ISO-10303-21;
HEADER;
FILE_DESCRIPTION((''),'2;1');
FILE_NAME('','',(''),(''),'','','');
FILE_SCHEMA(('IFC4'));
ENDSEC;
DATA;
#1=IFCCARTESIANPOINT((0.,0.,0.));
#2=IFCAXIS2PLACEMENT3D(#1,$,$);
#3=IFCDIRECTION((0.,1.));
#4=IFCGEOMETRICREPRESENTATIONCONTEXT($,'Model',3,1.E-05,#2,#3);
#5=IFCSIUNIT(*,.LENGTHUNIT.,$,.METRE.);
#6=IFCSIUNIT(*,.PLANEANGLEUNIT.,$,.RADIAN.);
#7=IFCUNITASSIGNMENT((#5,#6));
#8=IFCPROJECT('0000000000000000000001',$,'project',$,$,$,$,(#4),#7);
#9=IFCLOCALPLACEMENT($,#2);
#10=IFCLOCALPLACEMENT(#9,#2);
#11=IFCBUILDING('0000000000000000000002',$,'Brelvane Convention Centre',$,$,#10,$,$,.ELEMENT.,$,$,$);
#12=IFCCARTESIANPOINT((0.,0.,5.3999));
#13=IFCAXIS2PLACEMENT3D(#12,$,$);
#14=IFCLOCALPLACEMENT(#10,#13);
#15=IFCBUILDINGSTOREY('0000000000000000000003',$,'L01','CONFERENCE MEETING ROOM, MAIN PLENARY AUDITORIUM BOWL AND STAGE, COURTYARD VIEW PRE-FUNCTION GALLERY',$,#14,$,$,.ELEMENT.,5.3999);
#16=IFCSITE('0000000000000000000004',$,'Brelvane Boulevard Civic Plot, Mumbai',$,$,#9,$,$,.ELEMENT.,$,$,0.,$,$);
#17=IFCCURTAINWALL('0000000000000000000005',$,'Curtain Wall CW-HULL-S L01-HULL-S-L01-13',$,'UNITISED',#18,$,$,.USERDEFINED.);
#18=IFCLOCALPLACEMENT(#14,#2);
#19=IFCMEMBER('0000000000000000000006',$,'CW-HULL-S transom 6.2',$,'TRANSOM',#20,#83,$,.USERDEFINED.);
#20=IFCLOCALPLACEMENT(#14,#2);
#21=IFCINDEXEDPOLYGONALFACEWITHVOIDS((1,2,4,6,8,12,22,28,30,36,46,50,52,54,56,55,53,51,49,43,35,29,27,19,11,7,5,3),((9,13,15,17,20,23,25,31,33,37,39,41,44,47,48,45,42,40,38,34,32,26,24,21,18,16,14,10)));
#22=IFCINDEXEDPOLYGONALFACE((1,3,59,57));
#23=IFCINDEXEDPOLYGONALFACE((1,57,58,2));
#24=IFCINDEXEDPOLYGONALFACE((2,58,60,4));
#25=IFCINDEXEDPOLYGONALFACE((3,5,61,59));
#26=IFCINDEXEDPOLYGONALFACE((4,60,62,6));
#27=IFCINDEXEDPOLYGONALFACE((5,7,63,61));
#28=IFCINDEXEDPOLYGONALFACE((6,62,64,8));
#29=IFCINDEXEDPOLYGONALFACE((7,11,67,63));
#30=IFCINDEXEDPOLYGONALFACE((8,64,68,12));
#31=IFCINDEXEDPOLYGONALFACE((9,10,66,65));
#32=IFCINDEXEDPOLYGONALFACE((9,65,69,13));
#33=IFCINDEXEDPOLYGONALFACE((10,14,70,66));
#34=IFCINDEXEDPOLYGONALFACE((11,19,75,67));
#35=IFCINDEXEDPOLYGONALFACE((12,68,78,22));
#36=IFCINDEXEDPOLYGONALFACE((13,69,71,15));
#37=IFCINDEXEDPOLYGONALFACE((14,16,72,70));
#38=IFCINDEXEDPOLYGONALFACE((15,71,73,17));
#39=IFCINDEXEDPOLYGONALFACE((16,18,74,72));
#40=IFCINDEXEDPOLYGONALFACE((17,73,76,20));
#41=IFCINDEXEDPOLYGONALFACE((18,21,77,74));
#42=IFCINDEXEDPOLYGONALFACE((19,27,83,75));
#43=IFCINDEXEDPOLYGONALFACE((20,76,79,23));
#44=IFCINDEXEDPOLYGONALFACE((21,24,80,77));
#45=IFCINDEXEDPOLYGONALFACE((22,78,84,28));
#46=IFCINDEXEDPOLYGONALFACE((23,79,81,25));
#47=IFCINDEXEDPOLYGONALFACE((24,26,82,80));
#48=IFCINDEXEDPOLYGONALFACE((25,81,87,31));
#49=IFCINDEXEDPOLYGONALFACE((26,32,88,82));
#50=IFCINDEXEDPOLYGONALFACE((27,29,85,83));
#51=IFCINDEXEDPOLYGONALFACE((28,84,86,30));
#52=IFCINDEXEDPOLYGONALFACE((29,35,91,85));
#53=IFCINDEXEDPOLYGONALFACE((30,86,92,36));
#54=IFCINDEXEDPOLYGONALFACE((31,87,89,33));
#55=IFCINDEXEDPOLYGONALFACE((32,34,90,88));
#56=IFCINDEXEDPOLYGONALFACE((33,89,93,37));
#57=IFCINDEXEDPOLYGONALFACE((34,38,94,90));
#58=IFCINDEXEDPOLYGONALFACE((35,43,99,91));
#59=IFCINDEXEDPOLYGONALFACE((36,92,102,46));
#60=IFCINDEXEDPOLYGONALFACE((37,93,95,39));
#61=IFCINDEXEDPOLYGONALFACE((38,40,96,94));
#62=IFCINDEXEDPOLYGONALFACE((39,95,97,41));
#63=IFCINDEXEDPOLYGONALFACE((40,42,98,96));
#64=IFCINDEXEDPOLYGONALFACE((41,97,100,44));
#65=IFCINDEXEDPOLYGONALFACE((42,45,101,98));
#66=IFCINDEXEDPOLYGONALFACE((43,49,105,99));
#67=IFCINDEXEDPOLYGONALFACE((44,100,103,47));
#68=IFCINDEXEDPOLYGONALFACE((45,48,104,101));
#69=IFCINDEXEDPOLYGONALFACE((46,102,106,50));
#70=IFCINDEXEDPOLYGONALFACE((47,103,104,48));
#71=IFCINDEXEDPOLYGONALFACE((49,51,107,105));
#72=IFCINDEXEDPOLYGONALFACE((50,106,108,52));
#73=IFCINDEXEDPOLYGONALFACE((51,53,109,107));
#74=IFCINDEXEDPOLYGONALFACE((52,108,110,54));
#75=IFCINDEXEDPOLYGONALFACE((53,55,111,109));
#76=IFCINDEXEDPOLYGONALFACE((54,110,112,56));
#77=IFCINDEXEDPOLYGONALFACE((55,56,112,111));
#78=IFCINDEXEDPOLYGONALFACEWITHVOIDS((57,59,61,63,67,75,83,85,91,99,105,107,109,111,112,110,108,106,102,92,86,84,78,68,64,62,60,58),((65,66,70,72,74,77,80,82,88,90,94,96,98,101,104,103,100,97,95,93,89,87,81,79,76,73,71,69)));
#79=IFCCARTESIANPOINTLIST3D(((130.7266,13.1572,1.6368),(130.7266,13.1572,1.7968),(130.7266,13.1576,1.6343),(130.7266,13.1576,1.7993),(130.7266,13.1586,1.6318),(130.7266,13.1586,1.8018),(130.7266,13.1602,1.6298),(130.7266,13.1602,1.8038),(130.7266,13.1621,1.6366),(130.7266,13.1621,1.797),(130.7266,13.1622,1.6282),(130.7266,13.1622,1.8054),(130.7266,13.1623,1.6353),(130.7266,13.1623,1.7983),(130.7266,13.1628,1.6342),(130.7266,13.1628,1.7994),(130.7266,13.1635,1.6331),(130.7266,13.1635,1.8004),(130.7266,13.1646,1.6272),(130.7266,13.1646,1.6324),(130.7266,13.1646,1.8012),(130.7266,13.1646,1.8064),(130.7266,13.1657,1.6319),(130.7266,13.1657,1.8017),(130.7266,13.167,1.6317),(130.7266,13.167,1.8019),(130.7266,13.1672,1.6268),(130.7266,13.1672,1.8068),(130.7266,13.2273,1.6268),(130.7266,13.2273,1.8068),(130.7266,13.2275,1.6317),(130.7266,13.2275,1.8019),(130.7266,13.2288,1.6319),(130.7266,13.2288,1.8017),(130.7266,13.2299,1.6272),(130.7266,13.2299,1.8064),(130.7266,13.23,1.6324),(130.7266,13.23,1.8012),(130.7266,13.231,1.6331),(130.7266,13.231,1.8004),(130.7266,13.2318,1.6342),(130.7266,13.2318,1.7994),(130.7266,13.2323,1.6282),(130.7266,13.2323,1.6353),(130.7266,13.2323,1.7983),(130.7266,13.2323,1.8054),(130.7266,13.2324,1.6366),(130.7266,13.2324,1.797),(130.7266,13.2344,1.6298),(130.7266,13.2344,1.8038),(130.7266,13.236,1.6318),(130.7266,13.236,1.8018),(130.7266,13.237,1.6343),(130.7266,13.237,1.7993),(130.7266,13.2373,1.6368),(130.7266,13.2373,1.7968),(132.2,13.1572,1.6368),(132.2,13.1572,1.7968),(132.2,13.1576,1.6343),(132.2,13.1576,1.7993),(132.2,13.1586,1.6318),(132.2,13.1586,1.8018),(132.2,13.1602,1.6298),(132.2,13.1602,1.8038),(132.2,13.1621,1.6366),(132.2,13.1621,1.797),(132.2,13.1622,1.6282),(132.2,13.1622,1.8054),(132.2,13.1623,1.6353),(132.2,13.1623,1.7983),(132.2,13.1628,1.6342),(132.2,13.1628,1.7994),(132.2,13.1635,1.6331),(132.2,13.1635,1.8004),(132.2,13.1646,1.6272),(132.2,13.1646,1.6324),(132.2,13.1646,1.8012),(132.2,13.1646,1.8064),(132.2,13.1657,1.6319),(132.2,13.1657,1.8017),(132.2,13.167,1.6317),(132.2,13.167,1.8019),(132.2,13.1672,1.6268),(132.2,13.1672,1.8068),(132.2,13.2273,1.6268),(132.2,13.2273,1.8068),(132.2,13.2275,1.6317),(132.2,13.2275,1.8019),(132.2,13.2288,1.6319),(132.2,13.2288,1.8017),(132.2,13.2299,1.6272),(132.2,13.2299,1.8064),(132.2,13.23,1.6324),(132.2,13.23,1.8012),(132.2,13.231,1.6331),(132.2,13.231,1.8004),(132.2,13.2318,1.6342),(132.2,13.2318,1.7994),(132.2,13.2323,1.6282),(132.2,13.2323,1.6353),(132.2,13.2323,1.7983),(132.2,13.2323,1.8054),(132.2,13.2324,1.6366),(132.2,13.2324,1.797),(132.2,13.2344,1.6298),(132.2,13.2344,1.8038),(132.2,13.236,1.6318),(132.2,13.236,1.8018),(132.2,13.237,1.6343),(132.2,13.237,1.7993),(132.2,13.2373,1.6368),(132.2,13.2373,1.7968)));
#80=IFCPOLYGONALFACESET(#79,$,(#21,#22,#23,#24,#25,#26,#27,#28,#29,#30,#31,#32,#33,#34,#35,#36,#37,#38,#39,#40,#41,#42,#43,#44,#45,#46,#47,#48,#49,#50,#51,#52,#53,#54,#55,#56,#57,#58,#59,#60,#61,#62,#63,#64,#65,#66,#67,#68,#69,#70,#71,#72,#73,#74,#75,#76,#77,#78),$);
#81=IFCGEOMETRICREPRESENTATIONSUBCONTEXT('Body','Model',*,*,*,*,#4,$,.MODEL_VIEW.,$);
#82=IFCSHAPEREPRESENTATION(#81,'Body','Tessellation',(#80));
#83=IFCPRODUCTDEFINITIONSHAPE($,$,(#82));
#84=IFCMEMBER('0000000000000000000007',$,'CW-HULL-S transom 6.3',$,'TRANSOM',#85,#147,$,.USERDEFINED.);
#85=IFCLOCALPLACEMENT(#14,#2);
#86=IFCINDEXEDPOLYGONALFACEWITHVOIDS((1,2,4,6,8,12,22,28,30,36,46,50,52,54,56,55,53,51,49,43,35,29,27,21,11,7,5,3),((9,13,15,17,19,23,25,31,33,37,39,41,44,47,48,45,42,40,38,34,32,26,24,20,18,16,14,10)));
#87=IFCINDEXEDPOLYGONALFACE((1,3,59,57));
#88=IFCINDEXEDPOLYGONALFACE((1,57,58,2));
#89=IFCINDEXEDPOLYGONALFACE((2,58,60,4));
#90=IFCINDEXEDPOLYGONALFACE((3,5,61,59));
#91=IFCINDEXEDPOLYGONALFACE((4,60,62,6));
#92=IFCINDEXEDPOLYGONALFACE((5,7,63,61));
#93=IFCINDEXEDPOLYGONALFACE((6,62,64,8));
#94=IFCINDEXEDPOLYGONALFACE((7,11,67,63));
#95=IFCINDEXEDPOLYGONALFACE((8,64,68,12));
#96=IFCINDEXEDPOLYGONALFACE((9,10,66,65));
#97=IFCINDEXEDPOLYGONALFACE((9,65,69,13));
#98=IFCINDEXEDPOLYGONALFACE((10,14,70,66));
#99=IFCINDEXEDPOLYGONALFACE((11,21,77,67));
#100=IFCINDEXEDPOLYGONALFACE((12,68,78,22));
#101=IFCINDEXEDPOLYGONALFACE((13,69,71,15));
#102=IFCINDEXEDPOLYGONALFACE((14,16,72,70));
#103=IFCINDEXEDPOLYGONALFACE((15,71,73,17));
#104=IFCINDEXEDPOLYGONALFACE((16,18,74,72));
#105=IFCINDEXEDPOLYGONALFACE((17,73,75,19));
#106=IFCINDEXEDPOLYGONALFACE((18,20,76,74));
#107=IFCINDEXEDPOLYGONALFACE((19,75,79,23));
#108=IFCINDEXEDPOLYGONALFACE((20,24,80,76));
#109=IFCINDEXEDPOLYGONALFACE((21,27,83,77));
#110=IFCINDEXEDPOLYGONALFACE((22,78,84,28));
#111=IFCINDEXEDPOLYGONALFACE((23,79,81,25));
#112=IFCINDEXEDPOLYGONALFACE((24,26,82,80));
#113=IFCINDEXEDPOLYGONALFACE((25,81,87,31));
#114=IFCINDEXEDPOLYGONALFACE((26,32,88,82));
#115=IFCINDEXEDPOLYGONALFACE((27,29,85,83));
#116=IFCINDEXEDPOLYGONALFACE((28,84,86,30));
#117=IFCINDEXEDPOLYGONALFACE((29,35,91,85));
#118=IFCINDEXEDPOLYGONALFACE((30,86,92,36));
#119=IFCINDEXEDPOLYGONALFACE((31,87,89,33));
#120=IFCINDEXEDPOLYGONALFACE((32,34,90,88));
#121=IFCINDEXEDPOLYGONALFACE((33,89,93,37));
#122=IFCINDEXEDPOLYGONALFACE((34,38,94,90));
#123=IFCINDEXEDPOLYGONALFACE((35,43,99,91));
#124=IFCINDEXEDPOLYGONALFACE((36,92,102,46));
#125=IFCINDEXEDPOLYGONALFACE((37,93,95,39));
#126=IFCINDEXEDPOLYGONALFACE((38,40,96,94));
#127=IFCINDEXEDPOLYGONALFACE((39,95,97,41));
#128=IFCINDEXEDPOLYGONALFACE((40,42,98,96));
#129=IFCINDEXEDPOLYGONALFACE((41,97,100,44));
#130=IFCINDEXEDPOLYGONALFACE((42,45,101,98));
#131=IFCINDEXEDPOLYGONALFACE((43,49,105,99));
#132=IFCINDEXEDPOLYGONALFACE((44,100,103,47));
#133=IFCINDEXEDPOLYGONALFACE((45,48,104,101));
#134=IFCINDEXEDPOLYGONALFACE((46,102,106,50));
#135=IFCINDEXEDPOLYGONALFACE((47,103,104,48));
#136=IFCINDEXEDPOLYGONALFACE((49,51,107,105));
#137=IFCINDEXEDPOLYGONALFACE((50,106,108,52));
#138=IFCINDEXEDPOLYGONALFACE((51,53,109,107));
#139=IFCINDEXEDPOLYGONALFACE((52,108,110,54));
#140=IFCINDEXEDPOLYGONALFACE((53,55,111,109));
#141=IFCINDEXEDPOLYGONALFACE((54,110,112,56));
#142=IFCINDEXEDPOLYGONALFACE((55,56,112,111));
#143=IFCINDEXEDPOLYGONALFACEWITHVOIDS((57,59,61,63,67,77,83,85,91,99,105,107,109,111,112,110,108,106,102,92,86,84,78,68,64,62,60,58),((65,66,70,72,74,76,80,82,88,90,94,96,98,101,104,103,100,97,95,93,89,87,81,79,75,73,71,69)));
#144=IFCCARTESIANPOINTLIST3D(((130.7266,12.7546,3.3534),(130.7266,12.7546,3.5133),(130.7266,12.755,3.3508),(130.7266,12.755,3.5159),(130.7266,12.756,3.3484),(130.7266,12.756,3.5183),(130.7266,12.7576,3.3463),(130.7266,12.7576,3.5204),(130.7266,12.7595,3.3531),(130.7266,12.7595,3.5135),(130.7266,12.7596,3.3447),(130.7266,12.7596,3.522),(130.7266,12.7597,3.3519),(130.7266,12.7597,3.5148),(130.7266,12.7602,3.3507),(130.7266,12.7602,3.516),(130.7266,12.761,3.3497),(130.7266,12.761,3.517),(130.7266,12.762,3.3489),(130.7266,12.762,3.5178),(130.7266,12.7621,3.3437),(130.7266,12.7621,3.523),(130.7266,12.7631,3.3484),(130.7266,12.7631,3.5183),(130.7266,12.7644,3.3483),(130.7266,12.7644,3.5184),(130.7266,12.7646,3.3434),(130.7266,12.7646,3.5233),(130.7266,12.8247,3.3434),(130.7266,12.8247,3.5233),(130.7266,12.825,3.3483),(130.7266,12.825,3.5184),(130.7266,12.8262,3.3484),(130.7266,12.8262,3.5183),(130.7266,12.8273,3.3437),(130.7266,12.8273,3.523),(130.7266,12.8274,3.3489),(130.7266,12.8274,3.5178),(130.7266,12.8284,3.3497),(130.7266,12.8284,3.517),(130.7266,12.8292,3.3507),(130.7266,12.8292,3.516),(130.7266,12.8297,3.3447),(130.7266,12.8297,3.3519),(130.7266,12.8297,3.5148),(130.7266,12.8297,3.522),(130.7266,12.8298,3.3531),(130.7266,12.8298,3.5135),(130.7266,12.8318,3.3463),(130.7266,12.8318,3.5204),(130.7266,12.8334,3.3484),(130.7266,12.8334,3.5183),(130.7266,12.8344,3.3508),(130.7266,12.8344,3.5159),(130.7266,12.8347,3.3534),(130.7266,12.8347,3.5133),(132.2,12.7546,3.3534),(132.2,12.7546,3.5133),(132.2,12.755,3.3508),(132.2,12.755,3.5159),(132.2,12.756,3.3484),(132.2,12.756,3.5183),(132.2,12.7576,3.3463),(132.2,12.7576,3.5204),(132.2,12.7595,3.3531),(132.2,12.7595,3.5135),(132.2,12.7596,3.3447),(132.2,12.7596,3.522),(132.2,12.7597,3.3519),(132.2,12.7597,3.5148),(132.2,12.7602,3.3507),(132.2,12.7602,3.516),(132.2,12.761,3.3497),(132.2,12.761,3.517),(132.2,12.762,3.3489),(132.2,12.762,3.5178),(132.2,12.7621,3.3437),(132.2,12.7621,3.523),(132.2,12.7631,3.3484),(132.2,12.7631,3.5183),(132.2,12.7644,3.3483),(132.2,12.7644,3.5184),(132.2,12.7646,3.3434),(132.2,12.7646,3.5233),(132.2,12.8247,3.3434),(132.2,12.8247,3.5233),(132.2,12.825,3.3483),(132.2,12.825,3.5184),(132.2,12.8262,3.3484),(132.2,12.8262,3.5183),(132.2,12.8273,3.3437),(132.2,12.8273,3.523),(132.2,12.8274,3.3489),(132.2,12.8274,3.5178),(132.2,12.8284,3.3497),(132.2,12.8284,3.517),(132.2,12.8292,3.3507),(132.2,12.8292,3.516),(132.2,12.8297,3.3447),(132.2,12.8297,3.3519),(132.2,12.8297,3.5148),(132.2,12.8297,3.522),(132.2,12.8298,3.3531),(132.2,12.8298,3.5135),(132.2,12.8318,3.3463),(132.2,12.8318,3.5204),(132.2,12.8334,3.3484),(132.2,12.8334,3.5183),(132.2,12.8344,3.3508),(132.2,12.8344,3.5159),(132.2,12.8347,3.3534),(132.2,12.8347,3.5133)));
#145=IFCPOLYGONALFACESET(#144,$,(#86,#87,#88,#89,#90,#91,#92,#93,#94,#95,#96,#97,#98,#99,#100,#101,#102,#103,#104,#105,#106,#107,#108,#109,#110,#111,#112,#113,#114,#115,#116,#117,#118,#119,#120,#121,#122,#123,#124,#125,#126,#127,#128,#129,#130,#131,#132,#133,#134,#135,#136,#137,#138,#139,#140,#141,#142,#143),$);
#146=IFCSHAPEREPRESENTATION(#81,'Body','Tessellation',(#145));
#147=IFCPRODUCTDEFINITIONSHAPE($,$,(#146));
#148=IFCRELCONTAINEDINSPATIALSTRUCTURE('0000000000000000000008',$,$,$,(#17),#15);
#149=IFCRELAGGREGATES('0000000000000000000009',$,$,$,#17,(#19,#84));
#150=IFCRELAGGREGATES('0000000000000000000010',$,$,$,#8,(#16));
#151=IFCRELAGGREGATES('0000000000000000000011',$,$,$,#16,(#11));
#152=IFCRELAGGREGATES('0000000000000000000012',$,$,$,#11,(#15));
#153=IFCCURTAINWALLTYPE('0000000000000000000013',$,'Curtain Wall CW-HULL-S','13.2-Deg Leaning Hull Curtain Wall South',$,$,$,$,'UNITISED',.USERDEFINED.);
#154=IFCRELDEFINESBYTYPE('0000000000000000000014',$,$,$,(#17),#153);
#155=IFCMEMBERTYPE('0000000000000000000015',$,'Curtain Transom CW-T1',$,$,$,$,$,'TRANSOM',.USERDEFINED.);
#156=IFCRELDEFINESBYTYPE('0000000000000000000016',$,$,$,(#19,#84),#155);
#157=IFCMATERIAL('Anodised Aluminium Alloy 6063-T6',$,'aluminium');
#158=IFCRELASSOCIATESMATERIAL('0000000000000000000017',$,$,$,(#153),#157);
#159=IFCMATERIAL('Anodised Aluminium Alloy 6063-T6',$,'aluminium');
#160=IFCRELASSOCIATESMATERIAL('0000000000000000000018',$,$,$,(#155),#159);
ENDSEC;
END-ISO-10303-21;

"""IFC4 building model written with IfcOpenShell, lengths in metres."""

from ifc_helpers import new_model, si_unit, direction, frame, origin, origin_2d, place, context, subcontext, project, spatial, hollow_rectangle, extrude, material, material_profile, profile_set, type_object, element, aggregate, save


model = new_model("IFC4")

# Units and contexts
model_context = context("Model", 3, precision=1e-05, world=origin(), true_north=direction((0.0, 1.0)))
body_context = subcontext(model_context, "Body", "Model", "MODEL_VIEW")
ifc_project = project(units=[si_unit("LENGTHUNIT", "METRE"), si_unit("PLANEANGLEUNIT", "RADIAN")], contexts=[model_context])

# Site, building, storey
site_placement = place(None, origin())
site = spatial("IfcSite", under=ifc_project, at=site_placement, Name="Brelvane Boulevard Civic Plot, Mumbai", CompositionType="ELEMENT", RefElevation=0.0)
building_placement = place(site_placement, origin())
building = spatial("IfcBuilding", under=site, at=building_placement, Name="Brelvane Convention Centre", CompositionType="ELEMENT")
storey_placement = place(building_placement, frame((0.0, 0.0, 5.3999)))
storey = spatial("IfcBuildingStorey", under=building, at=storey_placement, Name="L01", Description="CONFERENCE MEETING ROOM, MAIN PLENARY AUDITORIUM BOWL AND STAGE, COURTYARD VIEW PRE-FUNCTION GALLERY", CompositionType="ELEMENT", Elevation=5.3999)

# Curtain wall
ifc_material_1 = material(Name="Anodised Aluminium Alloy 6063-T6", Category="aluminium")
curtain_wall_type = type_object("IfcCurtainWallType", Name="Curtain Wall CW-HULL-S", Description="13.2-Deg Leaning Hull Curtain Wall South", ElementType="UNITISED", PredefinedType="USERDEFINED", material=ifc_material_1)
curtain_wall_1_placement = place(storey_placement, origin())
curtain_wall_1 = element("IfcCurtainWall", 1, at=curtain_wall_1_placement, inside=storey, type_object=curtain_wall_type, Name="Curtain Wall CW-HULL-S L01-HULL-S-L01-13", ObjectType="UNITISED", PredefinedType="USERDEFINED")

# Members
ifc_material_2 = material(Name="Anodised Aluminium Alloy 6063-T6", Category="aluminium")
ifc_material_profile_1 = material_profile(ifc_material_2, hollow_rectangle(XDim=0.0801, YDim=0.1799, WallThickness=0.0049, InnerFilletRadius=0.0049, OuterFilletRadius=0.01, at=origin_2d()), Name="ALU-T 180x80x5.0")
ifc_profile_set_1 = profile_set([ifc_material_profile_1], Name="Anodised Aluminium Alloy 6063-T6")
member_type_1 = type_object("IfcMemberType", Name="Curtain Transom CW-T1", ElementType="TRANSOM", PredefinedType="USERDEFINED", material=ifc_profile_set_1)
member_1_placement = place(storey_placement, frame((130.7266, 13.1973, 1.7168), z_axis=(1.0, 0.0, 0.0), x_axis=(0.0, 1.0, 0.0)))
member_1 = element("IfcMember", 2, at=member_1_placement, type_object=member_type_1, Name="CW-HULL-S transom 6.2", ObjectType="TRANSOM", PredefinedType="USERDEFINED", context=body_context, shape_type="SweptSolid", body=[
    extrude(hollow_rectangle(XDim=0.0801, YDim=0.1799, WallThickness=0.0049, InnerFilletRadius=0.0049, OuterFilletRadius=0.01, at=origin_2d()), origin(), (0.0, 0.0, 1.0), 1.4734),
])
member_2_placement = place(storey_placement, frame((130.7266, 12.7947, 3.4333), z_axis=(1.0, 0.0, 0.0), x_axis=(0.0, 1.0, 0.0)))
member_2 = element("IfcMember", 3, at=member_2_placement, type_object=member_type_1, Name="CW-HULL-S transom 6.3", ObjectType="TRANSOM", PredefinedType="USERDEFINED", context=body_context, shape_type="SweptSolid", body=[
    extrude(hollow_rectangle(XDim=0.0801, YDim=0.1799, WallThickness=0.0049, InnerFilletRadius=0.0049, OuterFilletRadius=0.01, at=origin_2d()), origin(), (0.0, 0.0, 1.0), 1.4734),
])

aggregate(curtain_wall_1, [member_1, member_2])

save(model, "model.ifc")
